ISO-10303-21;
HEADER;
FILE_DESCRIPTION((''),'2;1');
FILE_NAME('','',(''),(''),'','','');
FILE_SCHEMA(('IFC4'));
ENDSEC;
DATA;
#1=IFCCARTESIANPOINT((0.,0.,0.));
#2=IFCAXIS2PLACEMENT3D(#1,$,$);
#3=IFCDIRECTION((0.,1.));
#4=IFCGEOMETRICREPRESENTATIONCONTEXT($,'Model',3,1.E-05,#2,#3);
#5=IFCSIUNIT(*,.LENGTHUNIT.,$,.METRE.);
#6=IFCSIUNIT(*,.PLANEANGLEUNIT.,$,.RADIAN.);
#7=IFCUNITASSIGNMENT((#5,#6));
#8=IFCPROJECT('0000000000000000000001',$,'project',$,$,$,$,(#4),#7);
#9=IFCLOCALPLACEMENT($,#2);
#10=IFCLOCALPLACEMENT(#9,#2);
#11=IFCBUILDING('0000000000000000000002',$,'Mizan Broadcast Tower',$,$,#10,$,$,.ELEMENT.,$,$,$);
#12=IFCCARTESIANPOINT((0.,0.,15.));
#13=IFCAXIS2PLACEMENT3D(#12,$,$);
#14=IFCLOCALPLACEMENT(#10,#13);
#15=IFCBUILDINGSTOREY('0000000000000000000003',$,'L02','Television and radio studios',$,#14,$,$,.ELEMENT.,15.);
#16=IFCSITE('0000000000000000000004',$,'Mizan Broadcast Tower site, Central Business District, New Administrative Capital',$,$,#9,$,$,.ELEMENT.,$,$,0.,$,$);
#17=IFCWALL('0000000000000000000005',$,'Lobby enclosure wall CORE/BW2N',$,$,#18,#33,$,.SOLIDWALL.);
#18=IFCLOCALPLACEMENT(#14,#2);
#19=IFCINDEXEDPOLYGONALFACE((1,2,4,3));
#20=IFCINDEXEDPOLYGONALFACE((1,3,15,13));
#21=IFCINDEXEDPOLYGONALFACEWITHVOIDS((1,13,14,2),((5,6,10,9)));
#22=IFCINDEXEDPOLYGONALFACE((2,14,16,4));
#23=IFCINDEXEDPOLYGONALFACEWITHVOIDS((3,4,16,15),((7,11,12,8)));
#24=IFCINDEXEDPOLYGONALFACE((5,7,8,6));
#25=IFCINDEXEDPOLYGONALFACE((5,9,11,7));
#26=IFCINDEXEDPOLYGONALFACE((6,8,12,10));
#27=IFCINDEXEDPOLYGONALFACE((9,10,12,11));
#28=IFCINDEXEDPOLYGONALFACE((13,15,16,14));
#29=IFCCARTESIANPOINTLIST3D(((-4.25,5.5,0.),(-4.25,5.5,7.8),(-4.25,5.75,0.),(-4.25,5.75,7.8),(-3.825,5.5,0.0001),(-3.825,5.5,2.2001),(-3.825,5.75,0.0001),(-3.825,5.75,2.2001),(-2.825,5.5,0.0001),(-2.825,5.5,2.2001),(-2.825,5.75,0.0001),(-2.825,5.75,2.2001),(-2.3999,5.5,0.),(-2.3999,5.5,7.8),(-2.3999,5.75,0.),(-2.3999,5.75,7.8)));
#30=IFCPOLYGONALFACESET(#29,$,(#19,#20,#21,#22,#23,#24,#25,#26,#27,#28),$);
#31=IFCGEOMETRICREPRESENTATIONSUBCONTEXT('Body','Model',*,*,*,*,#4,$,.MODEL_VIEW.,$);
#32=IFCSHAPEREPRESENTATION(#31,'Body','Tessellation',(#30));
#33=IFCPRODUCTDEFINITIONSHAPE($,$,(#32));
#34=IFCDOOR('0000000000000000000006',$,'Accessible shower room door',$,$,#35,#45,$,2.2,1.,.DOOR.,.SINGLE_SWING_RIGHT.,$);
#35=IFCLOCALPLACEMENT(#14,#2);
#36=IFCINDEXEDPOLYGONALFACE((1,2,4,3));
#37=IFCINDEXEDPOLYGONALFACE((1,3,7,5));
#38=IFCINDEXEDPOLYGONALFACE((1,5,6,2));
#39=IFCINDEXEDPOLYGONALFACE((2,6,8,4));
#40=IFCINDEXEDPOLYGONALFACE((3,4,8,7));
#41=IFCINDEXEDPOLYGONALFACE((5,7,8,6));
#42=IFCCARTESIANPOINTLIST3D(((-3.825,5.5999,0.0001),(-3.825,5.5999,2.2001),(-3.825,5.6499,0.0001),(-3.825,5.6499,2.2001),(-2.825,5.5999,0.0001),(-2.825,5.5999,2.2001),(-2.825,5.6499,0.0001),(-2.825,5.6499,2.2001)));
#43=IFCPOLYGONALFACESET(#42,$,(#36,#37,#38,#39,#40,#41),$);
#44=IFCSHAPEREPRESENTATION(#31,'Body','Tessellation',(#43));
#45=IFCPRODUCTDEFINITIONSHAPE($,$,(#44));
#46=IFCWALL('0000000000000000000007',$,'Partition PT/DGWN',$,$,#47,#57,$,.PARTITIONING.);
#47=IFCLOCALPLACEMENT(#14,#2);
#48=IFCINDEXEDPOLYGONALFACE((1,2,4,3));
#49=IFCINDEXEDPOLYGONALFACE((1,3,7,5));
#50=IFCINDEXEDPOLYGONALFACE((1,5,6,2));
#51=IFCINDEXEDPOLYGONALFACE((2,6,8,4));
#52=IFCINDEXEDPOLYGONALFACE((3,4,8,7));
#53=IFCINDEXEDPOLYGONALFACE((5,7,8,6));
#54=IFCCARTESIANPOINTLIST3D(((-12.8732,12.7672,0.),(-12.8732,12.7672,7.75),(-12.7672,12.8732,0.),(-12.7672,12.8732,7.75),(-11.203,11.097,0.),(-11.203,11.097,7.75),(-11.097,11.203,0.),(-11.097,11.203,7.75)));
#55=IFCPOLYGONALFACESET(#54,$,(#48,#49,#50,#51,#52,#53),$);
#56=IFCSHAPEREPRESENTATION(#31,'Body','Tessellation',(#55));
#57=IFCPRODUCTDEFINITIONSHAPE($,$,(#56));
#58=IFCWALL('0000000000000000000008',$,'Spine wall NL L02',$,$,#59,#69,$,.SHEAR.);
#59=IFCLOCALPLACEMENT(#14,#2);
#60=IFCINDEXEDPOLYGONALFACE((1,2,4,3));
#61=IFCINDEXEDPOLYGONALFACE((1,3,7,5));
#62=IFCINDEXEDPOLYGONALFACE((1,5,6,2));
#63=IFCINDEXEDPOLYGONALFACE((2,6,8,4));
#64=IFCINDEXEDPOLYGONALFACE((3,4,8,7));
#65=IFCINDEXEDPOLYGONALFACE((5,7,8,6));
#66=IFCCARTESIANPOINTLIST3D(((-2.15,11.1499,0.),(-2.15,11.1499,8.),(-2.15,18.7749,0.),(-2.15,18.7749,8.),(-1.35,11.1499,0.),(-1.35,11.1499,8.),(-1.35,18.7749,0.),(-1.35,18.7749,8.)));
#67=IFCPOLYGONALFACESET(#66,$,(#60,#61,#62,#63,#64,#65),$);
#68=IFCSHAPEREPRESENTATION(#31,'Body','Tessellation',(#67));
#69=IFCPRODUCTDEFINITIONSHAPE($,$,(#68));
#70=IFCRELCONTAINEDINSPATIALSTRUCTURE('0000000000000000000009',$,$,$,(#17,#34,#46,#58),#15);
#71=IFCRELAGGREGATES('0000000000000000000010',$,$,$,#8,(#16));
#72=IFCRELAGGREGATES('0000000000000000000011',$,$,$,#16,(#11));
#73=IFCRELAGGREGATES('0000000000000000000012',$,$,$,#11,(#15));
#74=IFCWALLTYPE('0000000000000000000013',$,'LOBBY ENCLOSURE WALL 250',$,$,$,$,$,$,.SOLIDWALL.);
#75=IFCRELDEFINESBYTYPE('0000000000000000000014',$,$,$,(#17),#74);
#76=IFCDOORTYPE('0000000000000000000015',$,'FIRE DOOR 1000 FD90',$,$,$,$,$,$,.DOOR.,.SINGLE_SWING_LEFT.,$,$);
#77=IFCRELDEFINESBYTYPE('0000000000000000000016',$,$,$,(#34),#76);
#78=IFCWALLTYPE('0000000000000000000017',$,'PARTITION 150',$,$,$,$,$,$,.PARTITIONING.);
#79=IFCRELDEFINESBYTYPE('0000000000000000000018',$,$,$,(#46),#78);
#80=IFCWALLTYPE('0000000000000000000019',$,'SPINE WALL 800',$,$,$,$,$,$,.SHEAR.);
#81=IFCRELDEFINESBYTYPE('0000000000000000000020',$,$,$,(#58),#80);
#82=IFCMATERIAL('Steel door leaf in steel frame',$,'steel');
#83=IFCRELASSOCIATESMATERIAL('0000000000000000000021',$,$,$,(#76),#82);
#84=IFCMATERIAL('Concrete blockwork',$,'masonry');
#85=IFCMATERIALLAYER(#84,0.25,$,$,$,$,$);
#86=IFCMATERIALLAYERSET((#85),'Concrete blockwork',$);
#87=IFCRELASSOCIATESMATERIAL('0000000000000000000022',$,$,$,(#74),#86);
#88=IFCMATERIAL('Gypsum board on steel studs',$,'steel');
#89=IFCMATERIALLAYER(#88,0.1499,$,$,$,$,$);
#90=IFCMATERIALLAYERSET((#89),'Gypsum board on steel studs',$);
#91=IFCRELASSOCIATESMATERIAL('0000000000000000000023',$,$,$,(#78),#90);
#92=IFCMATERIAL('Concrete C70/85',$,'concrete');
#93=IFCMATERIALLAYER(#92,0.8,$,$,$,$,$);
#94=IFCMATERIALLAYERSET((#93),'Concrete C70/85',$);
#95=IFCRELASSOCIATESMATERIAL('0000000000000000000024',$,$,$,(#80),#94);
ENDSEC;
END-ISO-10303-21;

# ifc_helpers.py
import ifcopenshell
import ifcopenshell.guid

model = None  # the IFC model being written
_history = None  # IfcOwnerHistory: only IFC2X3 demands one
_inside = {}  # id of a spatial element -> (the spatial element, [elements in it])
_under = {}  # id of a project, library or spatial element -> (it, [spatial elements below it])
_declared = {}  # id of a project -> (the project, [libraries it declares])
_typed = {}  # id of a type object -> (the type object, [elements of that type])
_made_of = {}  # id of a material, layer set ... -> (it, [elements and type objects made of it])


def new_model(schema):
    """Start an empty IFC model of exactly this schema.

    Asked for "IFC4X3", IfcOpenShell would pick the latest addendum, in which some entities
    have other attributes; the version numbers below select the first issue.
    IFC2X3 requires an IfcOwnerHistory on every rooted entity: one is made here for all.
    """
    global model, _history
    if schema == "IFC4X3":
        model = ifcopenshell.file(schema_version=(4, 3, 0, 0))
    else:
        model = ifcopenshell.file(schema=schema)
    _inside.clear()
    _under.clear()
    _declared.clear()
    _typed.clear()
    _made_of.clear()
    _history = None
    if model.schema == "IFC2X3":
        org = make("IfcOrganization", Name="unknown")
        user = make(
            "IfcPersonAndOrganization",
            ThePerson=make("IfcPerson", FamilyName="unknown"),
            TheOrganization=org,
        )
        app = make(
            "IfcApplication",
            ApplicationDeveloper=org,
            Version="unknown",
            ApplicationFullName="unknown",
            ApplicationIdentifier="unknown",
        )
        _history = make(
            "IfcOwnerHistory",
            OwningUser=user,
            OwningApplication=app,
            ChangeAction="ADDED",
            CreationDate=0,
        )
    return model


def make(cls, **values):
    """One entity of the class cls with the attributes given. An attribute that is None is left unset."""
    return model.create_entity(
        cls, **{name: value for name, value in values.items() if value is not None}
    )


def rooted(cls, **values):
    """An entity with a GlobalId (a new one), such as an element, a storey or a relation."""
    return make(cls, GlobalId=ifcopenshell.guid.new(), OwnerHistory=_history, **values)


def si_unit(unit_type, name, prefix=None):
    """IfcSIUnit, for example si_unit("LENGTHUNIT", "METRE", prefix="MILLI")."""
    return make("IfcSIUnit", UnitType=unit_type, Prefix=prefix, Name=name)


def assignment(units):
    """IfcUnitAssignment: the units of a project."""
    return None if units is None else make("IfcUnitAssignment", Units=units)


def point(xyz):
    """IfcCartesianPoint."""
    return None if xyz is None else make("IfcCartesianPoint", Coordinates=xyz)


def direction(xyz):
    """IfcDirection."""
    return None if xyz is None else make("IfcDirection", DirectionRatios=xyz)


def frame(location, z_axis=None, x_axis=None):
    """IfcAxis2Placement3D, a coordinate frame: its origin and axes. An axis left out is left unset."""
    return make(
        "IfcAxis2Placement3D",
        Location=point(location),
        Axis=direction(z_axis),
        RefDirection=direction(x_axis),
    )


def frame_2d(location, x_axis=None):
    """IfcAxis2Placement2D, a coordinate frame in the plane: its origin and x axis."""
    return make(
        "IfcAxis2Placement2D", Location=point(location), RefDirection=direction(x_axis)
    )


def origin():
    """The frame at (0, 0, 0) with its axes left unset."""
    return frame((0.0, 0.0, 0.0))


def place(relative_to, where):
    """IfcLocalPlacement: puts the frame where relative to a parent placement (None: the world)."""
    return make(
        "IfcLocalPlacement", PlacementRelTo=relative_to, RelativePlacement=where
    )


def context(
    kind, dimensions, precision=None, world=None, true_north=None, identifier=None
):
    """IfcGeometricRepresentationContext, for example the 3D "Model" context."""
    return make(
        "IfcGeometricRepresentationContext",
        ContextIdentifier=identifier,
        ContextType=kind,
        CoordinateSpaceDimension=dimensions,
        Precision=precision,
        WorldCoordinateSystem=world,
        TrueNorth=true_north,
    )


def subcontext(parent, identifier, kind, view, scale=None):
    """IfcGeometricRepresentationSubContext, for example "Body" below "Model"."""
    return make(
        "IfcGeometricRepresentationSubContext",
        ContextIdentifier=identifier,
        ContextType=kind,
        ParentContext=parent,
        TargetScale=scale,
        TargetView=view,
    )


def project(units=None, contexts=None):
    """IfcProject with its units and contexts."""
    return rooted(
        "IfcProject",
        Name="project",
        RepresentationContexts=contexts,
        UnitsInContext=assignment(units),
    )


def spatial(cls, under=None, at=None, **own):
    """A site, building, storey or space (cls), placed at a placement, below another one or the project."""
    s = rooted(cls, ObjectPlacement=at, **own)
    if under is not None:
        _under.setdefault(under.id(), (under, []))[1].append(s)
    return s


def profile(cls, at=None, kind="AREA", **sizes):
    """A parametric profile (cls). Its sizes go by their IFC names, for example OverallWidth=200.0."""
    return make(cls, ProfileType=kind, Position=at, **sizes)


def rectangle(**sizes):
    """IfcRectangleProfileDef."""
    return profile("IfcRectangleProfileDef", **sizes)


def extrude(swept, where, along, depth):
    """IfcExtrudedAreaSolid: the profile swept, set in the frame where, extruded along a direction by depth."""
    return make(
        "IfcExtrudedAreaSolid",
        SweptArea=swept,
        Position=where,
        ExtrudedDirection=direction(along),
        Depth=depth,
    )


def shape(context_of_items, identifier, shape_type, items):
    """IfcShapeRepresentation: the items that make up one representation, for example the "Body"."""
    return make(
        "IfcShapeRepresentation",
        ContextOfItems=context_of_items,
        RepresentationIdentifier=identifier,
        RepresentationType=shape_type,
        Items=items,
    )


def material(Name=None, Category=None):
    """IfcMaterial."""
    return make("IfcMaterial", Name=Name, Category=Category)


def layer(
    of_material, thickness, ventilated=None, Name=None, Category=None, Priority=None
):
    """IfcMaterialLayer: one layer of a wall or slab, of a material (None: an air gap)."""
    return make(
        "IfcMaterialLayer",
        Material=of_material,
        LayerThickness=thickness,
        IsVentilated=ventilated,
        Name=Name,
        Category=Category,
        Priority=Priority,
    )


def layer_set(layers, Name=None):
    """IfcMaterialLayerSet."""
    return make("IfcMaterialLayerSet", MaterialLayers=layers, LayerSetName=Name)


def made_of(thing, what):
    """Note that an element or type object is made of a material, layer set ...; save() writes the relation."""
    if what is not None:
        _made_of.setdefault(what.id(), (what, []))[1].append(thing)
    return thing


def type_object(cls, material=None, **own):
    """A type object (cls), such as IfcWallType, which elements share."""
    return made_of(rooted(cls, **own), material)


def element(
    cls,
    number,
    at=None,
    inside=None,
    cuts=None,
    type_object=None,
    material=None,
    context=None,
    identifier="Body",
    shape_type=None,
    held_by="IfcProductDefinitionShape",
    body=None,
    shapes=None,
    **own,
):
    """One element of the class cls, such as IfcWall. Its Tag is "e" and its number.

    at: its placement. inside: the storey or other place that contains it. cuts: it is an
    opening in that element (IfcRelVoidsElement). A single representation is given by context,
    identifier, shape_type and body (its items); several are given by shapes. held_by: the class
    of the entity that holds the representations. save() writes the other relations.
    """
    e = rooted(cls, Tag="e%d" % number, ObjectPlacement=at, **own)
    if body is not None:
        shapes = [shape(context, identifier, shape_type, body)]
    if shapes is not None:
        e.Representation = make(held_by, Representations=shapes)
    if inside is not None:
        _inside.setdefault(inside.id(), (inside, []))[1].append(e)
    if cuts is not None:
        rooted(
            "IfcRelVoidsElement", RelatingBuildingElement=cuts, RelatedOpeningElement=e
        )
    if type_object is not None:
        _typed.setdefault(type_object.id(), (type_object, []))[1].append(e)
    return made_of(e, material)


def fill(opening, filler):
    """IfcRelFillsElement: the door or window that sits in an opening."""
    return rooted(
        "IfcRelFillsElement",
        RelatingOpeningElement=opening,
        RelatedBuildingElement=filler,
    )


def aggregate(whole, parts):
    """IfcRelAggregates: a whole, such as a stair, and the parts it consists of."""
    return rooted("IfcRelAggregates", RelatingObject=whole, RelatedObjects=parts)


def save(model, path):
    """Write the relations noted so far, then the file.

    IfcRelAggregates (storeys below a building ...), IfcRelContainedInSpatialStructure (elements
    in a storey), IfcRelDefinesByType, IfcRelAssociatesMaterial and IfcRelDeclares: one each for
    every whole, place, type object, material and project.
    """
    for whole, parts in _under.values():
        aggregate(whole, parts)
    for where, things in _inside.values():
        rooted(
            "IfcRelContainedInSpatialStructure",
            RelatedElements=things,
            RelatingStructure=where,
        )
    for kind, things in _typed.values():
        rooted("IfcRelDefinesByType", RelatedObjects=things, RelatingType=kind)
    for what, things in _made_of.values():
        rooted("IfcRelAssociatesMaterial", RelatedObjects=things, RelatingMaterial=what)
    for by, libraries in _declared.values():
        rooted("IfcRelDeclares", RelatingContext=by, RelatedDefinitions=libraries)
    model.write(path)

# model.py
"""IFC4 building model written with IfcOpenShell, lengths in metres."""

from ifc_helpers import new_model, si_unit, direction, frame, frame_2d, origin, place, context, subcontext, project, spatial, rectangle, extrude, material, layer, layer_set, type_object, element, fill, save


model = new_model("IFC4")

# Units and contexts
model_context = context("Model", 3, precision=1e-05, world=origin(), true_north=direction((0.0, 1.0)))
body_context = subcontext(model_context, "Body", "Model", "MODEL_VIEW")
ifc_project = project(units=[si_unit("LENGTHUNIT", "METRE"), si_unit("PLANEANGLEUNIT", "RADIAN")], contexts=[model_context])

# Site, building, storey
site_placement = place(None, origin())
site = spatial("IfcSite", under=ifc_project, at=site_placement, Name="Mizan Broadcast Tower site, Central Business District, New Administrative Capital", CompositionType="ELEMENT", RefElevation=0.0)
building_placement = place(site_placement, origin())
building = spatial("IfcBuilding", under=site, at=building_placement, Name="Mizan Broadcast Tower", CompositionType="ELEMENT")
storey_placement = place(building_placement, frame((0.0, 0.0, 15.0)))
storey = spatial("IfcBuildingStorey", under=building, at=storey_placement, Name="L02", Description="Television and radio studios", CompositionType="ELEMENT", Elevation=15.0)

# Wall, opening, door
ifc_material_1 = material(Name="Steel door leaf in steel frame", Category="steel")
door_type_1 = type_object("IfcDoorType", Name="FIRE DOOR 1000 FD90", OperationType="SINGLE_SWING_LEFT", PredefinedType="DOOR", material=ifc_material_1)
ifc_material_2 = material(Name="Concrete blockwork", Category="masonry")
ifc_layer_1 = layer(ifc_material_2, 0.25)
ifc_layer_set_1 = layer_set([ifc_layer_1], Name="Concrete blockwork")
wall_type_1 = type_object("IfcWallType", Name="LOBBY ENCLOSURE WALL 250", PredefinedType="SOLIDWALL", material=ifc_layer_set_1)
wall_1_placement = place(storey_placement, frame((-4.25, 5.625, 0.0), z_axis=(0.0, 0.0, 1.0), x_axis=(1.0, 0.0, 0.0)))
wall_1 = element("IfcWall", 1, at=wall_1_placement, inside=storey, type_object=wall_type_1, Name="Lobby enclosure wall CORE/BW2N", PredefinedType="SOLIDWALL", context=body_context, shape_type="SweptSolid", body=[
    extrude(rectangle(XDim=1.8501, YDim=0.25, at=frame_2d((0.925, 0.0))), origin(), (0.0, 0.0, 1.0), 7.8),
])
opening_1_placement = place(wall_1_placement, frame((0.425, 0.0, 0.0)))
opening_1 = element("IfcOpeningElement", 2, at=opening_1_placement, cuts=wall_1, PredefinedType="OPENING", context=body_context, shape_type="SweptSolid", body=[
    extrude(rectangle(XDim=1.0, YDim=2.2, at=frame_2d((0.5, 1.1001))), frame((0.0, 0.135, 0.0), z_axis=(0.0, -1.0, 0.0), x_axis=(1.0, 0.0, 0.0)), (0.0, 0.0, 1.0), 0.27),
])
door_1_placement = place(opening_1_placement, origin())
door_1 = element("IfcDoor", 3, at=door_1_placement, inside=storey, type_object=door_type_1, Name="Accessible shower room door", OperationType="SINGLE_SWING_RIGHT", OverallHeight=2.2, OverallWidth=1.0, PredefinedType="DOOR", context=body_context, shape_type="SweptSolid", body=[
    extrude(rectangle(XDim=1.0, YDim=2.2, at=frame_2d((0.5, 1.1001))), frame((0.0, 0.0249, 0.0), z_axis=(0.0, -1.0, 0.0), x_axis=(1.0, 0.0, 0.0)), (0.0, 0.0, 1.0), 0.05),
])
fill(opening_1, door_1)

# Walls
ifc_material_3 = material(Name="Gypsum board on steel studs", Category="steel")
ifc_layer_2 = layer(ifc_material_3, 0.1499)
ifc_layer_set_2 = layer_set([ifc_layer_2], Name="Gypsum board on steel studs")
wall_type_2 = type_object("IfcWallType", Name="PARTITION 150", PredefinedType="PARTITIONING", material=ifc_layer_set_2)
wall_2_placement = place(storey_placement, frame((-11.1499, 11.1499, 0.0), z_axis=(0.0, 0.0, 1.0), x_axis=(-0.707107, 0.707107, 0.0)))
element("IfcWall", 4, at=wall_2_placement, inside=storey, type_object=wall_type_2, Name="Partition PT/DGWN", PredefinedType="PARTITIONING", context=body_context, shape_type="SweptSolid", body=[
    extrude(rectangle(XDim=2.3621, YDim=0.1499, at=frame_2d((1.1812, 0.0))), origin(), (0.0, 0.0, 1.0), 7.75),
])
ifc_material_4 = material(Name="Concrete C70/85", Category="concrete")
ifc_layer_3 = layer(ifc_material_4, 0.8)
ifc_layer_set_3 = layer_set([ifc_layer_3], Name="Concrete C70/85")
wall_type_3 = type_object("IfcWallType", Name="SPINE WALL 800", PredefinedType="SHEAR", material=ifc_layer_set_3)
wall_3_placement = place(storey_placement, frame((-1.75, 11.1499, 0.0), z_axis=(0.0, 0.0, 1.0), x_axis=(0.0, 1.0, 0.0)))
element("IfcWall", 5, at=wall_3_placement, inside=storey, type_object=wall_type_3, Name="Spine wall NL L02", PredefinedType="SHEAR", context=body_context, shape_type="SweptSolid", body=[
    extrude(rectangle(XDim=7.625, YDim=0.8, at=frame_2d((3.8125, 0.0))), origin(), (0.0, 0.0, 1.0), 8.0),
])

save(model, "model.ifc")
